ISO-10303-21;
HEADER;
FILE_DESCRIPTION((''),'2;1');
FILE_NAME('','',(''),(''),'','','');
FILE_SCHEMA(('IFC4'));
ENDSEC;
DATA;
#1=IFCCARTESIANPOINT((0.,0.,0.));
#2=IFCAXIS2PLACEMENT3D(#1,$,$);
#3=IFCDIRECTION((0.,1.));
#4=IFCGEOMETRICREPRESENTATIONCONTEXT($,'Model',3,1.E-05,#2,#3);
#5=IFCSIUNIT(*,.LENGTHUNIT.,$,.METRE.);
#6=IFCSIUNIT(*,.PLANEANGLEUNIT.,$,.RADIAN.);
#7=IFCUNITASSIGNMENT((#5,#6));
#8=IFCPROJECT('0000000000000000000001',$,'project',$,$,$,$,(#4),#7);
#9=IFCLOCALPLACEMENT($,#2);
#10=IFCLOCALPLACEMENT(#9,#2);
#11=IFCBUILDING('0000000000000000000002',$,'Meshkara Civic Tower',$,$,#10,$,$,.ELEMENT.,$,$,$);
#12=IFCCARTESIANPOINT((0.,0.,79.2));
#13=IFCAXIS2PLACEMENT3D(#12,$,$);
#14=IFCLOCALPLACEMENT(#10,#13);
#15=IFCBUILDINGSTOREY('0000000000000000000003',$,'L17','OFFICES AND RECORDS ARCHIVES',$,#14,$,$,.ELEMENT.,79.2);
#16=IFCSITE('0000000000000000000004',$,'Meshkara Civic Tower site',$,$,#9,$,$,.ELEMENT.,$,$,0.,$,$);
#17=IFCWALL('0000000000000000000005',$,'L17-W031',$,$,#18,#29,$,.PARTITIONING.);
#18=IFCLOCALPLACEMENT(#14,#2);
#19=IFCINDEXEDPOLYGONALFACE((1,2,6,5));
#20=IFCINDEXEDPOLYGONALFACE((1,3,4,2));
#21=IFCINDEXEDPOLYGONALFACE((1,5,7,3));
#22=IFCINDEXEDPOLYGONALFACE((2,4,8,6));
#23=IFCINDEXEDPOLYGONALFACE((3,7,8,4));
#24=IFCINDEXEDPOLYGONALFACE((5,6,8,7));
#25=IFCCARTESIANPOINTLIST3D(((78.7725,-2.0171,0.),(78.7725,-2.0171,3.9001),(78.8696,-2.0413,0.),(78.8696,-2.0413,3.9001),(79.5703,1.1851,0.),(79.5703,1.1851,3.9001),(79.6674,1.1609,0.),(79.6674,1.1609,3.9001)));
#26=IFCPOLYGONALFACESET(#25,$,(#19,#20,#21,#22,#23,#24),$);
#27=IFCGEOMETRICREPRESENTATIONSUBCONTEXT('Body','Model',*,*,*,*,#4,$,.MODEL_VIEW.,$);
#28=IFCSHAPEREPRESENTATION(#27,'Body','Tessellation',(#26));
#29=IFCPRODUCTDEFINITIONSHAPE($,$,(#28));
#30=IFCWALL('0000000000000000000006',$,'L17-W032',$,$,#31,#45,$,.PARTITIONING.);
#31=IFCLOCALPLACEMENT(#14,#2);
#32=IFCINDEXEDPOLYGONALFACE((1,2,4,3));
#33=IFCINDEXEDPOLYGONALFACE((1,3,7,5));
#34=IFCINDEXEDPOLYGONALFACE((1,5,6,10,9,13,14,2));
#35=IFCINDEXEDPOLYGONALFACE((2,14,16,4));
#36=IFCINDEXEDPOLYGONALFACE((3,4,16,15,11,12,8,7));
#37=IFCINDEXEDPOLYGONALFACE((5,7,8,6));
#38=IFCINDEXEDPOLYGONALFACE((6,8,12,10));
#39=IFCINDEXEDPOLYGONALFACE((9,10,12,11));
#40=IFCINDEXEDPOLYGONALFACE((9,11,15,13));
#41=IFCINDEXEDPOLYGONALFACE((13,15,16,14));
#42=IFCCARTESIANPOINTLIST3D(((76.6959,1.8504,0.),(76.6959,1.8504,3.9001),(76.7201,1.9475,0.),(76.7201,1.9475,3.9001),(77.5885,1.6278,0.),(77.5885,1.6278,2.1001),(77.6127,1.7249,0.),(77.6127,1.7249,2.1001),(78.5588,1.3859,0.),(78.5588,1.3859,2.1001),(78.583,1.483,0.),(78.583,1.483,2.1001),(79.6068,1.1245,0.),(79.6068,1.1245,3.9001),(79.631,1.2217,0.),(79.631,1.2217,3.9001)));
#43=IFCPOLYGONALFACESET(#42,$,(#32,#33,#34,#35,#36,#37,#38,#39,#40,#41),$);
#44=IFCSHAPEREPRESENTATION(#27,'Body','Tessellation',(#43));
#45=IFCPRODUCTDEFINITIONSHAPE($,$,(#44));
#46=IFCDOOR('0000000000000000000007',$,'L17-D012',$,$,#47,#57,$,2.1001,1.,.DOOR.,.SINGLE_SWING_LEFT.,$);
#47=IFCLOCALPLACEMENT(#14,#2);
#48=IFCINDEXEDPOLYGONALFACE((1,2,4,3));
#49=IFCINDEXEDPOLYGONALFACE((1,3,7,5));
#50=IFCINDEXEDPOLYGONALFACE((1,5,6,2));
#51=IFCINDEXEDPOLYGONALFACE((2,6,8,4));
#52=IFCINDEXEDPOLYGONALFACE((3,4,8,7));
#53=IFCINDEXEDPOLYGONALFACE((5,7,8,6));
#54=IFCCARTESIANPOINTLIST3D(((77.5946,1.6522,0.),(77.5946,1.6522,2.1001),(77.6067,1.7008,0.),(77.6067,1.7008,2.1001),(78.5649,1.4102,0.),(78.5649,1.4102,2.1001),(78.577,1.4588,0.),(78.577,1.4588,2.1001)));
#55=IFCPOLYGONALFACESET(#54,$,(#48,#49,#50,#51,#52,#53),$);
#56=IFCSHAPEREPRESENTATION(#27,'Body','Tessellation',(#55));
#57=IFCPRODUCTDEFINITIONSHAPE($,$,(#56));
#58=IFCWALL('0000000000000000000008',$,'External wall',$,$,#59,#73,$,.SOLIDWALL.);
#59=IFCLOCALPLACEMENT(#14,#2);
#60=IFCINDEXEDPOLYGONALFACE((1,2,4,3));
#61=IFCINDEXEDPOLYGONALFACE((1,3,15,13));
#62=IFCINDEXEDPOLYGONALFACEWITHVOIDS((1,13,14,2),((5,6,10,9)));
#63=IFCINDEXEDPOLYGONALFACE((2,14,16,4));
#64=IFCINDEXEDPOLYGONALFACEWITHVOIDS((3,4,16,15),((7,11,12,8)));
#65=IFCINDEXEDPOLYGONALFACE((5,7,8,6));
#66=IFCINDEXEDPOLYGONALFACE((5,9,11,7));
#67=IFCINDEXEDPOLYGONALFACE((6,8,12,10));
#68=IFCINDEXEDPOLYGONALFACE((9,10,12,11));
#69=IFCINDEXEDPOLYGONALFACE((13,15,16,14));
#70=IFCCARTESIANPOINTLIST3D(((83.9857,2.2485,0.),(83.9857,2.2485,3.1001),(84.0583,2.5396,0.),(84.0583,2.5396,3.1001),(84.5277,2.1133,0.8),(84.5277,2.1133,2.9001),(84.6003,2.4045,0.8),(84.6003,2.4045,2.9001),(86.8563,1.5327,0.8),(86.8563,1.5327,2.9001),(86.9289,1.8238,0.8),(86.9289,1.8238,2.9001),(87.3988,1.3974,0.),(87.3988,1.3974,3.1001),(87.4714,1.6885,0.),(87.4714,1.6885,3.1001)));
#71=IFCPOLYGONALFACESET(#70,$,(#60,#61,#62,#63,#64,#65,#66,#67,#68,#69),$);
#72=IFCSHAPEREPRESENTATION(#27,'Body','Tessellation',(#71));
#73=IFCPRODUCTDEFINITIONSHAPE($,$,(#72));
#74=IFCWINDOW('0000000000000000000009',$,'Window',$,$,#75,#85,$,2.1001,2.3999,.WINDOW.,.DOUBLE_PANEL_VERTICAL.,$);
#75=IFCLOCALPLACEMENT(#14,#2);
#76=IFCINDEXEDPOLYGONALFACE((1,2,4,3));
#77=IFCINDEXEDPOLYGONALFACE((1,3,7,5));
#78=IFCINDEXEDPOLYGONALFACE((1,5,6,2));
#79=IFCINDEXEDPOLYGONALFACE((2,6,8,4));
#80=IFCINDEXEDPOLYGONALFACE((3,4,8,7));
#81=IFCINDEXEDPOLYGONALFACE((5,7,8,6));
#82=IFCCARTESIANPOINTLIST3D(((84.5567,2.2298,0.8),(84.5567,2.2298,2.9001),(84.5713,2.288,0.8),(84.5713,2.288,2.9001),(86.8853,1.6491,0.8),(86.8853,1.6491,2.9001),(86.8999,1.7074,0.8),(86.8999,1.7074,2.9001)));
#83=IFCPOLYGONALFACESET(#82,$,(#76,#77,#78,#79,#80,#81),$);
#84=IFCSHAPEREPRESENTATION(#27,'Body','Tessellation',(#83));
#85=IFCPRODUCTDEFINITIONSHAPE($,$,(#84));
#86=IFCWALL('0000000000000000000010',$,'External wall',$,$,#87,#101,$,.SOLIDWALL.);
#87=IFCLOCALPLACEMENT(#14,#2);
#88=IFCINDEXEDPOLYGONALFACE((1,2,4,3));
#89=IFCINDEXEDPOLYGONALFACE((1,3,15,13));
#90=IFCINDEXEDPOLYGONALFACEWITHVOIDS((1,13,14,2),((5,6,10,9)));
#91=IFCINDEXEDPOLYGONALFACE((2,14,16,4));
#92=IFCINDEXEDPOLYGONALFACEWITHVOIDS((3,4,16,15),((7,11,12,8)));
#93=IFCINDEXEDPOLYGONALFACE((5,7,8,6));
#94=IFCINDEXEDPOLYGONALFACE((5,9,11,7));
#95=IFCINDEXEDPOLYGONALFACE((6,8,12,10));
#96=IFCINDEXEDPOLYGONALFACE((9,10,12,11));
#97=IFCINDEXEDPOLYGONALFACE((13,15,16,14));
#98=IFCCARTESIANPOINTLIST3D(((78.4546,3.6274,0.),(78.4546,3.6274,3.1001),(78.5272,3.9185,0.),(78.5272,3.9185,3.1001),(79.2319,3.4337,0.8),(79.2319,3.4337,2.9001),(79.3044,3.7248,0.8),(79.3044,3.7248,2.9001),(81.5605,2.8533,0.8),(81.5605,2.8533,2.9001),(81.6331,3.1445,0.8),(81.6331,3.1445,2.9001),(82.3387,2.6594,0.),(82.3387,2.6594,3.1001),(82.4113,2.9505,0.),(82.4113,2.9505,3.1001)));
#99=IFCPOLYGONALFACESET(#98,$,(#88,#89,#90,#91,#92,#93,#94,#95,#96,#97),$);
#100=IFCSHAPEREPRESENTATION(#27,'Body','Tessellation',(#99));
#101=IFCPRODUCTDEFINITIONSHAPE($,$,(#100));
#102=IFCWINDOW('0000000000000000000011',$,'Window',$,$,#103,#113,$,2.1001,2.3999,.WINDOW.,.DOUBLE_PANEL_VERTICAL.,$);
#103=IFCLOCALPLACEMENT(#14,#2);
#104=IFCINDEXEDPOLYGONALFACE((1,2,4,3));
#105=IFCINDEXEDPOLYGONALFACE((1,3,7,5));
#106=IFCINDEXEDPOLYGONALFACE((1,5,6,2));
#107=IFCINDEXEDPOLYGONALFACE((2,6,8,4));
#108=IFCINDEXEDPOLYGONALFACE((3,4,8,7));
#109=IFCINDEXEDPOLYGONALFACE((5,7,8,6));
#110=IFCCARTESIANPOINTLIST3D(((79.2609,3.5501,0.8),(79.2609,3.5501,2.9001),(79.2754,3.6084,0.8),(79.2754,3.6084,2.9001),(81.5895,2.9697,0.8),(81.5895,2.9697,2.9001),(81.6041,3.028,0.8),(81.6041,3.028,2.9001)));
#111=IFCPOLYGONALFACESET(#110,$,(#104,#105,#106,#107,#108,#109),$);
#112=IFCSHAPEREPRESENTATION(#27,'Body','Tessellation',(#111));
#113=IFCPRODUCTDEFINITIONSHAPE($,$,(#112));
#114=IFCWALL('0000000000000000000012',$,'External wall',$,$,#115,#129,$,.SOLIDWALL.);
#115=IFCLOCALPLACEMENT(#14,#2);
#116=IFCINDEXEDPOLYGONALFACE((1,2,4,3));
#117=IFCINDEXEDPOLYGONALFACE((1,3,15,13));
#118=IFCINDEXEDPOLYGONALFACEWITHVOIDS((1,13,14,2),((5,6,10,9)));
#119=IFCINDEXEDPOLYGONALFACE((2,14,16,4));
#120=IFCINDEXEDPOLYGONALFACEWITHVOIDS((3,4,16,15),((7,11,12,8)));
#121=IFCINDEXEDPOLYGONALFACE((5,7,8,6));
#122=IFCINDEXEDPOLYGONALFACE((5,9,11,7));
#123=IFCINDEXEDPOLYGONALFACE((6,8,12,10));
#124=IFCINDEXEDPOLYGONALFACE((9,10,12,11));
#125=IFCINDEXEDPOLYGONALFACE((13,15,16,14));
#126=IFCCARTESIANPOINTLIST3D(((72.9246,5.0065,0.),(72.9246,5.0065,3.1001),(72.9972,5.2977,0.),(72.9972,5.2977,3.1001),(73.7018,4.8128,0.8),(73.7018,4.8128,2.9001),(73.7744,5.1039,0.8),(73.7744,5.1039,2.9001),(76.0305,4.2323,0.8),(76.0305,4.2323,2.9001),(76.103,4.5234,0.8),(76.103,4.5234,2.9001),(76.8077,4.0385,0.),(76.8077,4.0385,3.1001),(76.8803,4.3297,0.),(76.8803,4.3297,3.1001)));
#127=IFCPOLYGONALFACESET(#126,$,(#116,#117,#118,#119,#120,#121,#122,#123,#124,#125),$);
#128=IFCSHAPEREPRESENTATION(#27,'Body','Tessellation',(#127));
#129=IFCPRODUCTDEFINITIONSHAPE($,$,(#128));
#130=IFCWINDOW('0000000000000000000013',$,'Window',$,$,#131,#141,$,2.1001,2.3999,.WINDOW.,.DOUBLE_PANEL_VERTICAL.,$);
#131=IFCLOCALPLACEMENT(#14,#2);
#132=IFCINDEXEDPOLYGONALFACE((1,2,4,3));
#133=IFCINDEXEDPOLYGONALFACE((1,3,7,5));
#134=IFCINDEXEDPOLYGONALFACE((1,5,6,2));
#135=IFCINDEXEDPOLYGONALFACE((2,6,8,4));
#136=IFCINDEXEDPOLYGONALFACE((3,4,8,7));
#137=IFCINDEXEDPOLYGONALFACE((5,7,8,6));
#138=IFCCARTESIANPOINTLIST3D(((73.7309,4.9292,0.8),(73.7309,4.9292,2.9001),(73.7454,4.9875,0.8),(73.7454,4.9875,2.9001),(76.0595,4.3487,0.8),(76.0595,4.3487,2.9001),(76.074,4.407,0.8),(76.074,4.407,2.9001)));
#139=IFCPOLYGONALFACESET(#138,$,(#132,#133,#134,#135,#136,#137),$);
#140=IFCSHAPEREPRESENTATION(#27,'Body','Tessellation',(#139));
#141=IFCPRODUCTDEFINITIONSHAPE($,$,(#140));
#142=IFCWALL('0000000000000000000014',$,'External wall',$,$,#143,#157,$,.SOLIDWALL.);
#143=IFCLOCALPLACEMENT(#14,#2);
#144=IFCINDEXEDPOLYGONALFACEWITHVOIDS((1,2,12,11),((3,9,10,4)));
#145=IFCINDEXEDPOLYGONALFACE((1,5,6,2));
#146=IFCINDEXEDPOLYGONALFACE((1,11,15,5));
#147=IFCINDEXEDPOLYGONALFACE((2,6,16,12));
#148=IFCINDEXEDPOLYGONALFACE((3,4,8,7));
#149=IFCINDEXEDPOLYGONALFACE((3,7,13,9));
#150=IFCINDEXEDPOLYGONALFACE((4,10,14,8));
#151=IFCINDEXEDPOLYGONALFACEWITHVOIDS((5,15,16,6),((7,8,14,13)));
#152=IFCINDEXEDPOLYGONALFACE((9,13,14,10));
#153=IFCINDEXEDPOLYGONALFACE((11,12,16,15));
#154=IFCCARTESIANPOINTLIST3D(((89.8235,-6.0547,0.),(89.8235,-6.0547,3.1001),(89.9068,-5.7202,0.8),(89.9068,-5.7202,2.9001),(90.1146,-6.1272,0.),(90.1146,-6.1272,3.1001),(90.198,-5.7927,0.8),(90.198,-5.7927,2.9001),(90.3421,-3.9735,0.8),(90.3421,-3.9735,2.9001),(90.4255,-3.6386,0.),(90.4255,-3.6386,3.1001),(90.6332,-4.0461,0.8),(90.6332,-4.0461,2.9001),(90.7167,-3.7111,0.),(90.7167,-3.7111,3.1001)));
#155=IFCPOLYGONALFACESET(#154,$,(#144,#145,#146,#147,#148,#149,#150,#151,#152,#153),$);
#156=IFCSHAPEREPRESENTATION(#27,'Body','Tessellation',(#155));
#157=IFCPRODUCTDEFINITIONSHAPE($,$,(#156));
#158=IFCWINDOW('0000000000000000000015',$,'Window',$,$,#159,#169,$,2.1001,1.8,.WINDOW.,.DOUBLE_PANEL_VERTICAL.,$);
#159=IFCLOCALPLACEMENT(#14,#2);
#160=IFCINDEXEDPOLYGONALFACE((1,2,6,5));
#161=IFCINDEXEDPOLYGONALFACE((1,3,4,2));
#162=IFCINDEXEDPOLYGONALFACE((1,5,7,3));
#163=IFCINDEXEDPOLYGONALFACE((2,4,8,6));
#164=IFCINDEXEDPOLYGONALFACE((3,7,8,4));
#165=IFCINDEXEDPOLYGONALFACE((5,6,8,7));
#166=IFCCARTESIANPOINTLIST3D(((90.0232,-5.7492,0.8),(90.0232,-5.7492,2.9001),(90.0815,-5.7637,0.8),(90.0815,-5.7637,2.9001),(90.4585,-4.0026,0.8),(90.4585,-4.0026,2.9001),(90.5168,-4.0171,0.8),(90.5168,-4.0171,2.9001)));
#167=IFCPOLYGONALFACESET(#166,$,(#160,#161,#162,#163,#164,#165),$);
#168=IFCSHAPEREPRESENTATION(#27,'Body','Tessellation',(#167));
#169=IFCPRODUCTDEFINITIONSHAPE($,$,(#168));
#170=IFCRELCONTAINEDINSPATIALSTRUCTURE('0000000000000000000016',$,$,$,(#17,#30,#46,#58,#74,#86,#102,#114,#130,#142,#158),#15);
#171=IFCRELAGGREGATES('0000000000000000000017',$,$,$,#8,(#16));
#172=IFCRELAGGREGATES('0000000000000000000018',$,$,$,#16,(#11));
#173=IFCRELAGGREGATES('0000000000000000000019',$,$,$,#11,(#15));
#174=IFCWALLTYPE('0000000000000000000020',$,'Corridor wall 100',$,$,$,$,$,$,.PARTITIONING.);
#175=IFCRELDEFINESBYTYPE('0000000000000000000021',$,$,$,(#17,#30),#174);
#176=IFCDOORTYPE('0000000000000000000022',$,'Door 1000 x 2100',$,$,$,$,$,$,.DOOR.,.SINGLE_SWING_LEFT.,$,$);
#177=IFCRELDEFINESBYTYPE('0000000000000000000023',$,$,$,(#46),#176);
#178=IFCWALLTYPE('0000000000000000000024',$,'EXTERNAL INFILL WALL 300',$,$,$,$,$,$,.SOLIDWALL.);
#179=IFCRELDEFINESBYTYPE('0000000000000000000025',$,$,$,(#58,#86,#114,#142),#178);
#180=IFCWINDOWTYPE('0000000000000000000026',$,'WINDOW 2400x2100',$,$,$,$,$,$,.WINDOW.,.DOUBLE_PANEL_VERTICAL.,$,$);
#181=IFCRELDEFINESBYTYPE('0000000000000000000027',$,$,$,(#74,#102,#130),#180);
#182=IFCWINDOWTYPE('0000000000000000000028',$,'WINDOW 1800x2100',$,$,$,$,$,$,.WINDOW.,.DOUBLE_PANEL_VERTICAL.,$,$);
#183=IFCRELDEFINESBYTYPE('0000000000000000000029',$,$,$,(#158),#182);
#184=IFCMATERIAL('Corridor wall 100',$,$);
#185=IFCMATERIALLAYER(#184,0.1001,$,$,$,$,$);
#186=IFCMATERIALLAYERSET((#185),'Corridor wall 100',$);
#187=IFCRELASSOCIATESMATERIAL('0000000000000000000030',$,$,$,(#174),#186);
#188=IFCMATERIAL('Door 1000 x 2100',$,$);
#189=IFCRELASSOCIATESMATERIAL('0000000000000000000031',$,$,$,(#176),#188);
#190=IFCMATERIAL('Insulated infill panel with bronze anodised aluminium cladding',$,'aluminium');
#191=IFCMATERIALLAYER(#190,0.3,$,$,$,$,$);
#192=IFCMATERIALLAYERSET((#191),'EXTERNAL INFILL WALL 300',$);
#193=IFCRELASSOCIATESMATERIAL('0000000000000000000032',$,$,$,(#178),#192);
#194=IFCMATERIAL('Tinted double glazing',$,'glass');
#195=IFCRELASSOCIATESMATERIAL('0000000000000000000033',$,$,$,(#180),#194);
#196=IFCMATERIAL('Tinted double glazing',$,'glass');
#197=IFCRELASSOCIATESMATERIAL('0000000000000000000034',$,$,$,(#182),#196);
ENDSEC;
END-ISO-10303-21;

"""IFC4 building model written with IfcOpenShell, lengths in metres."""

from ifc_helpers import new_model, si_unit, direction, frame, frame_2d, origin, place, context, subcontext, project, spatial, rectangle, extrude, material, layer, layer_set, type_object, element, fill, save


model = new_model("IFC4")

# Units and contexts
model_context = context("Model", 3, precision=1e-05, world=origin(), true_north=direction((0.0, 1.0)))
body_context = subcontext(model_context, "Body", "Model", "MODEL_VIEW")
ifc_project = project(units=[si_unit("LENGTHUNIT", "METRE"), si_unit("PLANEANGLEUNIT", "RADIAN")], contexts=[model_context])

# Site, building, storey
site_placement = place(None, origin())
site = spatial("IfcSite", under=ifc_project, at=site_placement, Name="Meshkara Civic Tower site", CompositionType="ELEMENT", RefElevation=0.0)
building_placement = place(site_placement, origin())
building = spatial("IfcBuilding", under=site, at=building_placement, Name="Meshkara Civic Tower", CompositionType="ELEMENT")
storey_placement = place(building_placement, frame((0.0, 0.0, 79.2)))
storey = spatial("IfcBuildingStorey", under=building, at=storey_placement, Name="L17", Description="OFFICES AND RECORDS ARCHIVES", CompositionType="ELEMENT", Elevation=79.2)

# Shared definitions
ifc_material_1 = material(Name="Corridor wall 100")
ifc_layer_1 = layer(ifc_material_1, 0.1001)
ifc_layer_set_1 = layer_set([ifc_layer_1], Name="Corridor wall 100")
wall_type_1 = type_object("IfcWallType", Name="Corridor wall 100", PredefinedType="PARTITIONING", material=ifc_layer_set_1)

# Shared definitions
ifc_material_2 = material(Name="Door 1000 x 2100")
door_type = type_object("IfcDoorType", Name="Door 1000 x 2100", OperationType="SINGLE_SWING_LEFT", PredefinedType="DOOR", material=ifc_material_2)

# Wall
wall_1_placement = place(storey_placement, frame((78.821, -2.0291, 0.0), z_axis=(0.0, 0.0, 1.0), x_axis=(0.24177, 0.970334, 0.0)))
element("IfcWall", 1, at=wall_1_placement, inside=storey, type_object=wall_type_1, Name="L17-W031", PredefinedType="PARTITIONING", context=body_context, shape_type="SweptSolid", body=[
    extrude(rectangle(XDim=3.3, YDim=0.1001, at=frame_2d((1.6499, 0.0))), origin(), (0.0, 0.0, 1.0), 3.9001),
])

# Wall, opening, door
wall_2_placement = place(storey_placement, frame((79.6189, 1.1731, 0.0), z_axis=(0.0, 0.0, 1.0), x_axis=(-0.970291, 0.241942, 0.0)))
wall_2 = element("IfcWall", 2, at=wall_2_placement, inside=storey, type_object=wall_type_1, Name="L17-W032", PredefinedType="PARTITIONING", context=body_context, shape_type="SweptSolid", body=[
    extrude(rectangle(XDim=3.0, YDim=0.1001, at=frame_2d((1.5, 0.0))), origin(), (0.0, 0.0, 1.0), 3.9001),
])
opening_1_placement = place(wall_2_placement, frame((1.0801, 0.0, 0.0)))
opening_1 = element("IfcOpeningElement", 3, at=opening_1_placement, cuts=wall_2, PredefinedType="OPENING", context=body_context, shape_type="SweptSolid", body=[
    extrude(rectangle(XDim=1.0, YDim=2.1001, at=frame_2d((0.5, 1.05))), frame((0.0, 0.0601, 0.0), z_axis=(0.0, -1.0, 0.0), x_axis=(1.0, 0.0, 0.0)), (0.0, 0.0, 1.0), 0.1201),
])
door_1_placement = place(opening_1_placement, origin())
door_1 = element("IfcDoor", 4, at=door_1_placement, inside=storey, type_object=door_type, Name="L17-D012", OperationType="SINGLE_SWING_LEFT", OverallHeight=2.1001, OverallWidth=1.0, PredefinedType="DOOR", context=body_context, shape_type="SweptSolid", body=[
    extrude(rectangle(XDim=1.0, YDim=2.1001, at=frame_2d((0.5, 1.05))), frame((0.0, 0.0249, 0.0), z_axis=(0.0, -1.0, 0.0), x_axis=(1.0, 0.0, 0.0)), (0.0, 0.0, 1.0), 0.05),
])
fill(opening_1, door_1)

# Walls, openings, windows
ifc_material_3 = material(Name="Insulated infill panel with bronze anodised aluminium cladding", Category="aluminium")
ifc_layer_2 = layer(ifc_material_3, 0.3)
ifc_layer_set_2 = layer_set([ifc_layer_2], Name="EXTERNAL INFILL WALL 300")
wall_type_2 = type_object("IfcWallType", Name="EXTERNAL INFILL WALL 300", PredefinedType="SOLIDWALL", material=ifc_layer_set_2)
wall_3_placement = place(storey_placement, frame((87.4351, 1.543, 0.0), z_axis=(0.0, 0.0, 1.0), x_axis=(-0.970289, 0.241948, 0.0)))
wall_3 = element("IfcWall", 5, at=wall_3_placement, inside=storey, type_object=wall_type_2, Name="External wall", PredefinedType="SOLIDWALL", context=body_context, shape_type="SweptSolid", body=[
    extrude(rectangle(XDim=3.5176, YDim=0.3, at=frame_2d((1.7588, 0.0))), origin(), (0.0, 0.0, 1.0), 3.1001),
])
opening_2_placement = place(wall_3_placement, frame((0.5591, 0.0, 0.8)))
opening_2 = element("IfcOpeningElement", 6, at=opening_2_placement, cuts=wall_3, PredefinedType="OPENING", context=body_context, shape_type="SweptSolid", body=[
    extrude(rectangle(XDim=2.3999, YDim=2.1001, at=frame_2d((1.2, 1.05))), frame((0.0, 0.1599, 0.0), z_axis=(0.0, -1.0, 0.0), x_axis=(1.0, 0.0, 0.0)), (0.0, 0.0, 1.0), 0.3201),
])
ifc_material_4 = material(Name="Tinted double glazing", Category="glass")
window_type_1 = type_object("IfcWindowType", Name="WINDOW 2400x2100", PartitioningType="DOUBLE_PANEL_VERTICAL", PredefinedType="WINDOW", material=ifc_material_4)
window_1_placement = place(opening_2_placement, origin())
window_1 = element("IfcWindow", 7, at=window_1_placement, inside=storey, type_object=window_type_1, Name="Window", OverallHeight=2.1001, OverallWidth=2.3999, PartitioningType="DOUBLE_PANEL_VERTICAL", PredefinedType="WINDOW", context=body_context, shape_type="SweptSolid", body=[
    extrude(rectangle(XDim=2.3999, YDim=2.1001, at=frame_2d((1.2, 1.05))), frame((0.0, 0.03, 0.0), z_axis=(0.0, -1.0, 0.0), x_axis=(1.0, 0.0, 0.0)), (0.0, 0.0, 1.0), 0.0601),
])
fill(opening_2, window_1)
wall_4_placement = place(storey_placement, frame((82.375, 2.8049, 0.0), z_axis=(0.0, 0.0, 1.0), x_axis=(-0.970318, 0.241832, 0.0)))
wall_4 = element("IfcWall", 8, at=wall_4_placement, inside=storey, type_object=wall_type_2, Name="External wall", PredefinedType="SOLIDWALL", context=body_context, shape_type="SweptSolid", body=[
    extrude(rectangle(XDim=4.0029, YDim=0.3, at=frame_2d((2.0015, 0.0))), origin(), (0.0, 0.0, 1.0), 3.1001),
])
opening_3_placement = place(wall_4_placement, frame((0.802, 0.0, 0.8)))
opening_3 = element("IfcOpeningElement", 9, at=opening_3_placement, cuts=wall_4, PredefinedType="OPENING", context=body_context, shape_type="SweptSolid", body=[
    extrude(rectangle(XDim=2.3999, YDim=2.1001, at=frame_2d((1.2, 1.05))), frame((0.0, 0.1599, 0.0), z_axis=(0.0, -1.0, 0.0), x_axis=(1.0, 0.0, 0.0)), (0.0, 0.0, 1.0), 0.3201),
])
window_2_placement = place(opening_3_placement, origin())
window_2 = element("IfcWindow", 10, at=window_2_placement, inside=storey, type_object=window_type_1, Name="Window", OverallHeight=2.1001, OverallWidth=2.3999, PartitioningType="DOUBLE_PANEL_VERTICAL", PredefinedType="WINDOW", context=body_context, shape_type="SweptSolid", body=[
    extrude(rectangle(XDim=2.3999, YDim=2.1001, at=frame_2d((1.2, 1.05))), frame((0.0, 0.03, 0.0), z_axis=(0.0, -1.0, 0.0), x_axis=(1.0, 0.0, 0.0)), (0.0, 0.0, 1.0), 0.0601),
])
fill(opening_3, window_2)
wall_5_placement = place(storey_placement, frame((76.844, 4.1841, 0.0), z_axis=(0.0, 0.0, 1.0), x_axis=(-0.970304, 0.24189, 0.0)))
wall_5 = element("IfcWall", 11, at=wall_5_placement, inside=storey, type_object=wall_type_2, Name="External wall", PredefinedType="SOLIDWALL", context=body_context, shape_type="SweptSolid", body=[
    extrude(rectangle(XDim=4.002, YDim=0.3, at=frame_2d((2.001, 0.0))), origin(), (0.0, 0.0, 1.0), 3.1001),
])
opening_4_placement = place(wall_5_placement, frame((0.801, 0.0, 0.8)))
opening_4 = element("IfcOpeningElement", 12, at=opening_4_placement, cuts=wall_5, PredefinedType="OPENING", context=body_context, shape_type="SweptSolid", body=[
    extrude(rectangle(XDim=2.3999, YDim=2.1001, at=frame_2d((1.2, 1.05))), frame((0.0, 0.1599, 0.0), z_axis=(0.0, -1.0, 0.0), x_axis=(1.0, 0.0, 0.0)), (0.0, 0.0, 1.0), 0.3201),
])
window_3_placement = place(opening_4_placement, origin())
window_3 = element("IfcWindow", 13, at=window_3_placement, inside=storey, type_object=window_type_1, Name="Window", OverallHeight=2.1001, OverallWidth=2.3999, PartitioningType="DOUBLE_PANEL_VERTICAL", PredefinedType="WINDOW", context=body_context, shape_type="SweptSolid", body=[
    extrude(rectangle(XDim=2.3999, YDim=2.1001, at=frame_2d((1.2, 1.05))), frame((0.0, 0.03, 0.0), z_axis=(0.0, -1.0, 0.0), x_axis=(1.0, 0.0, 0.0)), (0.0, 0.0, 1.0), 0.0601),
])
fill(opening_4, window_3)
wall_6_placement = place(storey_placement, frame((89.969, -6.0911, 0.0), z_axis=(0.0, 0.0, 1.0), x_axis=(0.241797, 0.970327, 0.0)))
wall_6 = element("IfcWall", 14, at=wall_6_placement, inside=storey, type_object=wall_type_2, Name="External wall", PredefinedType="SOLIDWALL", context=body_context, shape_type="SweptSolid", body=[
    extrude(rectangle(XDim=2.49, YDim=0.3, at=frame_2d((1.2451, 0.0))), origin(), (0.0, 0.0, 1.0), 3.1001),
])
opening_5_placement = place(wall_6_placement, frame((0.345, 0.0, 0.8)))
opening_5 = element("IfcOpeningElement", 15, at=opening_5_placement, cuts=wall_6, PredefinedType="OPENING", context=body_context, shape_type="SweptSolid", body=[
    extrude(rectangle(XDim=1.8, YDim=2.1001, at=frame_2d((0.8999, 1.05))), frame((0.0, 0.1599, 0.0), z_axis=(0.0, -1.0, 0.0), x_axis=(1.0, 0.0, 0.0)), (0.0, 0.0, 1.0), 0.3201),
])
ifc_material_5 = material(Name="Tinted double glazing", Category="glass")
window_type_2 = type_object("IfcWindowType", Name="WINDOW 1800x2100", PartitioningType="DOUBLE_PANEL_VERTICAL", PredefinedType="WINDOW", material=ifc_material_5)
window_4_placement = place(opening_5_placement, origin())
window_4 = element("IfcWindow", 16, at=window_4_placement, inside=storey, type_object=window_type_2, Name="Window", OverallHeight=2.1001, OverallWidth=1.8, PartitioningType="DOUBLE_PANEL_VERTICAL", PredefinedType="WINDOW", context=body_context, shape_type="SweptSolid", body=[
    extrude(rectangle(XDim=1.8, YDim=2.1001, at=frame_2d((0.8999, 1.05))), frame((0.0, 0.03, 0.0), z_axis=(0.0, -1.0, 0.0), x_axis=(1.0, 0.0, 0.0)), (0.0, 0.0, 1.0), 0.0601),
])
fill(opening_5, window_4)

save(model, "model.ifc")
